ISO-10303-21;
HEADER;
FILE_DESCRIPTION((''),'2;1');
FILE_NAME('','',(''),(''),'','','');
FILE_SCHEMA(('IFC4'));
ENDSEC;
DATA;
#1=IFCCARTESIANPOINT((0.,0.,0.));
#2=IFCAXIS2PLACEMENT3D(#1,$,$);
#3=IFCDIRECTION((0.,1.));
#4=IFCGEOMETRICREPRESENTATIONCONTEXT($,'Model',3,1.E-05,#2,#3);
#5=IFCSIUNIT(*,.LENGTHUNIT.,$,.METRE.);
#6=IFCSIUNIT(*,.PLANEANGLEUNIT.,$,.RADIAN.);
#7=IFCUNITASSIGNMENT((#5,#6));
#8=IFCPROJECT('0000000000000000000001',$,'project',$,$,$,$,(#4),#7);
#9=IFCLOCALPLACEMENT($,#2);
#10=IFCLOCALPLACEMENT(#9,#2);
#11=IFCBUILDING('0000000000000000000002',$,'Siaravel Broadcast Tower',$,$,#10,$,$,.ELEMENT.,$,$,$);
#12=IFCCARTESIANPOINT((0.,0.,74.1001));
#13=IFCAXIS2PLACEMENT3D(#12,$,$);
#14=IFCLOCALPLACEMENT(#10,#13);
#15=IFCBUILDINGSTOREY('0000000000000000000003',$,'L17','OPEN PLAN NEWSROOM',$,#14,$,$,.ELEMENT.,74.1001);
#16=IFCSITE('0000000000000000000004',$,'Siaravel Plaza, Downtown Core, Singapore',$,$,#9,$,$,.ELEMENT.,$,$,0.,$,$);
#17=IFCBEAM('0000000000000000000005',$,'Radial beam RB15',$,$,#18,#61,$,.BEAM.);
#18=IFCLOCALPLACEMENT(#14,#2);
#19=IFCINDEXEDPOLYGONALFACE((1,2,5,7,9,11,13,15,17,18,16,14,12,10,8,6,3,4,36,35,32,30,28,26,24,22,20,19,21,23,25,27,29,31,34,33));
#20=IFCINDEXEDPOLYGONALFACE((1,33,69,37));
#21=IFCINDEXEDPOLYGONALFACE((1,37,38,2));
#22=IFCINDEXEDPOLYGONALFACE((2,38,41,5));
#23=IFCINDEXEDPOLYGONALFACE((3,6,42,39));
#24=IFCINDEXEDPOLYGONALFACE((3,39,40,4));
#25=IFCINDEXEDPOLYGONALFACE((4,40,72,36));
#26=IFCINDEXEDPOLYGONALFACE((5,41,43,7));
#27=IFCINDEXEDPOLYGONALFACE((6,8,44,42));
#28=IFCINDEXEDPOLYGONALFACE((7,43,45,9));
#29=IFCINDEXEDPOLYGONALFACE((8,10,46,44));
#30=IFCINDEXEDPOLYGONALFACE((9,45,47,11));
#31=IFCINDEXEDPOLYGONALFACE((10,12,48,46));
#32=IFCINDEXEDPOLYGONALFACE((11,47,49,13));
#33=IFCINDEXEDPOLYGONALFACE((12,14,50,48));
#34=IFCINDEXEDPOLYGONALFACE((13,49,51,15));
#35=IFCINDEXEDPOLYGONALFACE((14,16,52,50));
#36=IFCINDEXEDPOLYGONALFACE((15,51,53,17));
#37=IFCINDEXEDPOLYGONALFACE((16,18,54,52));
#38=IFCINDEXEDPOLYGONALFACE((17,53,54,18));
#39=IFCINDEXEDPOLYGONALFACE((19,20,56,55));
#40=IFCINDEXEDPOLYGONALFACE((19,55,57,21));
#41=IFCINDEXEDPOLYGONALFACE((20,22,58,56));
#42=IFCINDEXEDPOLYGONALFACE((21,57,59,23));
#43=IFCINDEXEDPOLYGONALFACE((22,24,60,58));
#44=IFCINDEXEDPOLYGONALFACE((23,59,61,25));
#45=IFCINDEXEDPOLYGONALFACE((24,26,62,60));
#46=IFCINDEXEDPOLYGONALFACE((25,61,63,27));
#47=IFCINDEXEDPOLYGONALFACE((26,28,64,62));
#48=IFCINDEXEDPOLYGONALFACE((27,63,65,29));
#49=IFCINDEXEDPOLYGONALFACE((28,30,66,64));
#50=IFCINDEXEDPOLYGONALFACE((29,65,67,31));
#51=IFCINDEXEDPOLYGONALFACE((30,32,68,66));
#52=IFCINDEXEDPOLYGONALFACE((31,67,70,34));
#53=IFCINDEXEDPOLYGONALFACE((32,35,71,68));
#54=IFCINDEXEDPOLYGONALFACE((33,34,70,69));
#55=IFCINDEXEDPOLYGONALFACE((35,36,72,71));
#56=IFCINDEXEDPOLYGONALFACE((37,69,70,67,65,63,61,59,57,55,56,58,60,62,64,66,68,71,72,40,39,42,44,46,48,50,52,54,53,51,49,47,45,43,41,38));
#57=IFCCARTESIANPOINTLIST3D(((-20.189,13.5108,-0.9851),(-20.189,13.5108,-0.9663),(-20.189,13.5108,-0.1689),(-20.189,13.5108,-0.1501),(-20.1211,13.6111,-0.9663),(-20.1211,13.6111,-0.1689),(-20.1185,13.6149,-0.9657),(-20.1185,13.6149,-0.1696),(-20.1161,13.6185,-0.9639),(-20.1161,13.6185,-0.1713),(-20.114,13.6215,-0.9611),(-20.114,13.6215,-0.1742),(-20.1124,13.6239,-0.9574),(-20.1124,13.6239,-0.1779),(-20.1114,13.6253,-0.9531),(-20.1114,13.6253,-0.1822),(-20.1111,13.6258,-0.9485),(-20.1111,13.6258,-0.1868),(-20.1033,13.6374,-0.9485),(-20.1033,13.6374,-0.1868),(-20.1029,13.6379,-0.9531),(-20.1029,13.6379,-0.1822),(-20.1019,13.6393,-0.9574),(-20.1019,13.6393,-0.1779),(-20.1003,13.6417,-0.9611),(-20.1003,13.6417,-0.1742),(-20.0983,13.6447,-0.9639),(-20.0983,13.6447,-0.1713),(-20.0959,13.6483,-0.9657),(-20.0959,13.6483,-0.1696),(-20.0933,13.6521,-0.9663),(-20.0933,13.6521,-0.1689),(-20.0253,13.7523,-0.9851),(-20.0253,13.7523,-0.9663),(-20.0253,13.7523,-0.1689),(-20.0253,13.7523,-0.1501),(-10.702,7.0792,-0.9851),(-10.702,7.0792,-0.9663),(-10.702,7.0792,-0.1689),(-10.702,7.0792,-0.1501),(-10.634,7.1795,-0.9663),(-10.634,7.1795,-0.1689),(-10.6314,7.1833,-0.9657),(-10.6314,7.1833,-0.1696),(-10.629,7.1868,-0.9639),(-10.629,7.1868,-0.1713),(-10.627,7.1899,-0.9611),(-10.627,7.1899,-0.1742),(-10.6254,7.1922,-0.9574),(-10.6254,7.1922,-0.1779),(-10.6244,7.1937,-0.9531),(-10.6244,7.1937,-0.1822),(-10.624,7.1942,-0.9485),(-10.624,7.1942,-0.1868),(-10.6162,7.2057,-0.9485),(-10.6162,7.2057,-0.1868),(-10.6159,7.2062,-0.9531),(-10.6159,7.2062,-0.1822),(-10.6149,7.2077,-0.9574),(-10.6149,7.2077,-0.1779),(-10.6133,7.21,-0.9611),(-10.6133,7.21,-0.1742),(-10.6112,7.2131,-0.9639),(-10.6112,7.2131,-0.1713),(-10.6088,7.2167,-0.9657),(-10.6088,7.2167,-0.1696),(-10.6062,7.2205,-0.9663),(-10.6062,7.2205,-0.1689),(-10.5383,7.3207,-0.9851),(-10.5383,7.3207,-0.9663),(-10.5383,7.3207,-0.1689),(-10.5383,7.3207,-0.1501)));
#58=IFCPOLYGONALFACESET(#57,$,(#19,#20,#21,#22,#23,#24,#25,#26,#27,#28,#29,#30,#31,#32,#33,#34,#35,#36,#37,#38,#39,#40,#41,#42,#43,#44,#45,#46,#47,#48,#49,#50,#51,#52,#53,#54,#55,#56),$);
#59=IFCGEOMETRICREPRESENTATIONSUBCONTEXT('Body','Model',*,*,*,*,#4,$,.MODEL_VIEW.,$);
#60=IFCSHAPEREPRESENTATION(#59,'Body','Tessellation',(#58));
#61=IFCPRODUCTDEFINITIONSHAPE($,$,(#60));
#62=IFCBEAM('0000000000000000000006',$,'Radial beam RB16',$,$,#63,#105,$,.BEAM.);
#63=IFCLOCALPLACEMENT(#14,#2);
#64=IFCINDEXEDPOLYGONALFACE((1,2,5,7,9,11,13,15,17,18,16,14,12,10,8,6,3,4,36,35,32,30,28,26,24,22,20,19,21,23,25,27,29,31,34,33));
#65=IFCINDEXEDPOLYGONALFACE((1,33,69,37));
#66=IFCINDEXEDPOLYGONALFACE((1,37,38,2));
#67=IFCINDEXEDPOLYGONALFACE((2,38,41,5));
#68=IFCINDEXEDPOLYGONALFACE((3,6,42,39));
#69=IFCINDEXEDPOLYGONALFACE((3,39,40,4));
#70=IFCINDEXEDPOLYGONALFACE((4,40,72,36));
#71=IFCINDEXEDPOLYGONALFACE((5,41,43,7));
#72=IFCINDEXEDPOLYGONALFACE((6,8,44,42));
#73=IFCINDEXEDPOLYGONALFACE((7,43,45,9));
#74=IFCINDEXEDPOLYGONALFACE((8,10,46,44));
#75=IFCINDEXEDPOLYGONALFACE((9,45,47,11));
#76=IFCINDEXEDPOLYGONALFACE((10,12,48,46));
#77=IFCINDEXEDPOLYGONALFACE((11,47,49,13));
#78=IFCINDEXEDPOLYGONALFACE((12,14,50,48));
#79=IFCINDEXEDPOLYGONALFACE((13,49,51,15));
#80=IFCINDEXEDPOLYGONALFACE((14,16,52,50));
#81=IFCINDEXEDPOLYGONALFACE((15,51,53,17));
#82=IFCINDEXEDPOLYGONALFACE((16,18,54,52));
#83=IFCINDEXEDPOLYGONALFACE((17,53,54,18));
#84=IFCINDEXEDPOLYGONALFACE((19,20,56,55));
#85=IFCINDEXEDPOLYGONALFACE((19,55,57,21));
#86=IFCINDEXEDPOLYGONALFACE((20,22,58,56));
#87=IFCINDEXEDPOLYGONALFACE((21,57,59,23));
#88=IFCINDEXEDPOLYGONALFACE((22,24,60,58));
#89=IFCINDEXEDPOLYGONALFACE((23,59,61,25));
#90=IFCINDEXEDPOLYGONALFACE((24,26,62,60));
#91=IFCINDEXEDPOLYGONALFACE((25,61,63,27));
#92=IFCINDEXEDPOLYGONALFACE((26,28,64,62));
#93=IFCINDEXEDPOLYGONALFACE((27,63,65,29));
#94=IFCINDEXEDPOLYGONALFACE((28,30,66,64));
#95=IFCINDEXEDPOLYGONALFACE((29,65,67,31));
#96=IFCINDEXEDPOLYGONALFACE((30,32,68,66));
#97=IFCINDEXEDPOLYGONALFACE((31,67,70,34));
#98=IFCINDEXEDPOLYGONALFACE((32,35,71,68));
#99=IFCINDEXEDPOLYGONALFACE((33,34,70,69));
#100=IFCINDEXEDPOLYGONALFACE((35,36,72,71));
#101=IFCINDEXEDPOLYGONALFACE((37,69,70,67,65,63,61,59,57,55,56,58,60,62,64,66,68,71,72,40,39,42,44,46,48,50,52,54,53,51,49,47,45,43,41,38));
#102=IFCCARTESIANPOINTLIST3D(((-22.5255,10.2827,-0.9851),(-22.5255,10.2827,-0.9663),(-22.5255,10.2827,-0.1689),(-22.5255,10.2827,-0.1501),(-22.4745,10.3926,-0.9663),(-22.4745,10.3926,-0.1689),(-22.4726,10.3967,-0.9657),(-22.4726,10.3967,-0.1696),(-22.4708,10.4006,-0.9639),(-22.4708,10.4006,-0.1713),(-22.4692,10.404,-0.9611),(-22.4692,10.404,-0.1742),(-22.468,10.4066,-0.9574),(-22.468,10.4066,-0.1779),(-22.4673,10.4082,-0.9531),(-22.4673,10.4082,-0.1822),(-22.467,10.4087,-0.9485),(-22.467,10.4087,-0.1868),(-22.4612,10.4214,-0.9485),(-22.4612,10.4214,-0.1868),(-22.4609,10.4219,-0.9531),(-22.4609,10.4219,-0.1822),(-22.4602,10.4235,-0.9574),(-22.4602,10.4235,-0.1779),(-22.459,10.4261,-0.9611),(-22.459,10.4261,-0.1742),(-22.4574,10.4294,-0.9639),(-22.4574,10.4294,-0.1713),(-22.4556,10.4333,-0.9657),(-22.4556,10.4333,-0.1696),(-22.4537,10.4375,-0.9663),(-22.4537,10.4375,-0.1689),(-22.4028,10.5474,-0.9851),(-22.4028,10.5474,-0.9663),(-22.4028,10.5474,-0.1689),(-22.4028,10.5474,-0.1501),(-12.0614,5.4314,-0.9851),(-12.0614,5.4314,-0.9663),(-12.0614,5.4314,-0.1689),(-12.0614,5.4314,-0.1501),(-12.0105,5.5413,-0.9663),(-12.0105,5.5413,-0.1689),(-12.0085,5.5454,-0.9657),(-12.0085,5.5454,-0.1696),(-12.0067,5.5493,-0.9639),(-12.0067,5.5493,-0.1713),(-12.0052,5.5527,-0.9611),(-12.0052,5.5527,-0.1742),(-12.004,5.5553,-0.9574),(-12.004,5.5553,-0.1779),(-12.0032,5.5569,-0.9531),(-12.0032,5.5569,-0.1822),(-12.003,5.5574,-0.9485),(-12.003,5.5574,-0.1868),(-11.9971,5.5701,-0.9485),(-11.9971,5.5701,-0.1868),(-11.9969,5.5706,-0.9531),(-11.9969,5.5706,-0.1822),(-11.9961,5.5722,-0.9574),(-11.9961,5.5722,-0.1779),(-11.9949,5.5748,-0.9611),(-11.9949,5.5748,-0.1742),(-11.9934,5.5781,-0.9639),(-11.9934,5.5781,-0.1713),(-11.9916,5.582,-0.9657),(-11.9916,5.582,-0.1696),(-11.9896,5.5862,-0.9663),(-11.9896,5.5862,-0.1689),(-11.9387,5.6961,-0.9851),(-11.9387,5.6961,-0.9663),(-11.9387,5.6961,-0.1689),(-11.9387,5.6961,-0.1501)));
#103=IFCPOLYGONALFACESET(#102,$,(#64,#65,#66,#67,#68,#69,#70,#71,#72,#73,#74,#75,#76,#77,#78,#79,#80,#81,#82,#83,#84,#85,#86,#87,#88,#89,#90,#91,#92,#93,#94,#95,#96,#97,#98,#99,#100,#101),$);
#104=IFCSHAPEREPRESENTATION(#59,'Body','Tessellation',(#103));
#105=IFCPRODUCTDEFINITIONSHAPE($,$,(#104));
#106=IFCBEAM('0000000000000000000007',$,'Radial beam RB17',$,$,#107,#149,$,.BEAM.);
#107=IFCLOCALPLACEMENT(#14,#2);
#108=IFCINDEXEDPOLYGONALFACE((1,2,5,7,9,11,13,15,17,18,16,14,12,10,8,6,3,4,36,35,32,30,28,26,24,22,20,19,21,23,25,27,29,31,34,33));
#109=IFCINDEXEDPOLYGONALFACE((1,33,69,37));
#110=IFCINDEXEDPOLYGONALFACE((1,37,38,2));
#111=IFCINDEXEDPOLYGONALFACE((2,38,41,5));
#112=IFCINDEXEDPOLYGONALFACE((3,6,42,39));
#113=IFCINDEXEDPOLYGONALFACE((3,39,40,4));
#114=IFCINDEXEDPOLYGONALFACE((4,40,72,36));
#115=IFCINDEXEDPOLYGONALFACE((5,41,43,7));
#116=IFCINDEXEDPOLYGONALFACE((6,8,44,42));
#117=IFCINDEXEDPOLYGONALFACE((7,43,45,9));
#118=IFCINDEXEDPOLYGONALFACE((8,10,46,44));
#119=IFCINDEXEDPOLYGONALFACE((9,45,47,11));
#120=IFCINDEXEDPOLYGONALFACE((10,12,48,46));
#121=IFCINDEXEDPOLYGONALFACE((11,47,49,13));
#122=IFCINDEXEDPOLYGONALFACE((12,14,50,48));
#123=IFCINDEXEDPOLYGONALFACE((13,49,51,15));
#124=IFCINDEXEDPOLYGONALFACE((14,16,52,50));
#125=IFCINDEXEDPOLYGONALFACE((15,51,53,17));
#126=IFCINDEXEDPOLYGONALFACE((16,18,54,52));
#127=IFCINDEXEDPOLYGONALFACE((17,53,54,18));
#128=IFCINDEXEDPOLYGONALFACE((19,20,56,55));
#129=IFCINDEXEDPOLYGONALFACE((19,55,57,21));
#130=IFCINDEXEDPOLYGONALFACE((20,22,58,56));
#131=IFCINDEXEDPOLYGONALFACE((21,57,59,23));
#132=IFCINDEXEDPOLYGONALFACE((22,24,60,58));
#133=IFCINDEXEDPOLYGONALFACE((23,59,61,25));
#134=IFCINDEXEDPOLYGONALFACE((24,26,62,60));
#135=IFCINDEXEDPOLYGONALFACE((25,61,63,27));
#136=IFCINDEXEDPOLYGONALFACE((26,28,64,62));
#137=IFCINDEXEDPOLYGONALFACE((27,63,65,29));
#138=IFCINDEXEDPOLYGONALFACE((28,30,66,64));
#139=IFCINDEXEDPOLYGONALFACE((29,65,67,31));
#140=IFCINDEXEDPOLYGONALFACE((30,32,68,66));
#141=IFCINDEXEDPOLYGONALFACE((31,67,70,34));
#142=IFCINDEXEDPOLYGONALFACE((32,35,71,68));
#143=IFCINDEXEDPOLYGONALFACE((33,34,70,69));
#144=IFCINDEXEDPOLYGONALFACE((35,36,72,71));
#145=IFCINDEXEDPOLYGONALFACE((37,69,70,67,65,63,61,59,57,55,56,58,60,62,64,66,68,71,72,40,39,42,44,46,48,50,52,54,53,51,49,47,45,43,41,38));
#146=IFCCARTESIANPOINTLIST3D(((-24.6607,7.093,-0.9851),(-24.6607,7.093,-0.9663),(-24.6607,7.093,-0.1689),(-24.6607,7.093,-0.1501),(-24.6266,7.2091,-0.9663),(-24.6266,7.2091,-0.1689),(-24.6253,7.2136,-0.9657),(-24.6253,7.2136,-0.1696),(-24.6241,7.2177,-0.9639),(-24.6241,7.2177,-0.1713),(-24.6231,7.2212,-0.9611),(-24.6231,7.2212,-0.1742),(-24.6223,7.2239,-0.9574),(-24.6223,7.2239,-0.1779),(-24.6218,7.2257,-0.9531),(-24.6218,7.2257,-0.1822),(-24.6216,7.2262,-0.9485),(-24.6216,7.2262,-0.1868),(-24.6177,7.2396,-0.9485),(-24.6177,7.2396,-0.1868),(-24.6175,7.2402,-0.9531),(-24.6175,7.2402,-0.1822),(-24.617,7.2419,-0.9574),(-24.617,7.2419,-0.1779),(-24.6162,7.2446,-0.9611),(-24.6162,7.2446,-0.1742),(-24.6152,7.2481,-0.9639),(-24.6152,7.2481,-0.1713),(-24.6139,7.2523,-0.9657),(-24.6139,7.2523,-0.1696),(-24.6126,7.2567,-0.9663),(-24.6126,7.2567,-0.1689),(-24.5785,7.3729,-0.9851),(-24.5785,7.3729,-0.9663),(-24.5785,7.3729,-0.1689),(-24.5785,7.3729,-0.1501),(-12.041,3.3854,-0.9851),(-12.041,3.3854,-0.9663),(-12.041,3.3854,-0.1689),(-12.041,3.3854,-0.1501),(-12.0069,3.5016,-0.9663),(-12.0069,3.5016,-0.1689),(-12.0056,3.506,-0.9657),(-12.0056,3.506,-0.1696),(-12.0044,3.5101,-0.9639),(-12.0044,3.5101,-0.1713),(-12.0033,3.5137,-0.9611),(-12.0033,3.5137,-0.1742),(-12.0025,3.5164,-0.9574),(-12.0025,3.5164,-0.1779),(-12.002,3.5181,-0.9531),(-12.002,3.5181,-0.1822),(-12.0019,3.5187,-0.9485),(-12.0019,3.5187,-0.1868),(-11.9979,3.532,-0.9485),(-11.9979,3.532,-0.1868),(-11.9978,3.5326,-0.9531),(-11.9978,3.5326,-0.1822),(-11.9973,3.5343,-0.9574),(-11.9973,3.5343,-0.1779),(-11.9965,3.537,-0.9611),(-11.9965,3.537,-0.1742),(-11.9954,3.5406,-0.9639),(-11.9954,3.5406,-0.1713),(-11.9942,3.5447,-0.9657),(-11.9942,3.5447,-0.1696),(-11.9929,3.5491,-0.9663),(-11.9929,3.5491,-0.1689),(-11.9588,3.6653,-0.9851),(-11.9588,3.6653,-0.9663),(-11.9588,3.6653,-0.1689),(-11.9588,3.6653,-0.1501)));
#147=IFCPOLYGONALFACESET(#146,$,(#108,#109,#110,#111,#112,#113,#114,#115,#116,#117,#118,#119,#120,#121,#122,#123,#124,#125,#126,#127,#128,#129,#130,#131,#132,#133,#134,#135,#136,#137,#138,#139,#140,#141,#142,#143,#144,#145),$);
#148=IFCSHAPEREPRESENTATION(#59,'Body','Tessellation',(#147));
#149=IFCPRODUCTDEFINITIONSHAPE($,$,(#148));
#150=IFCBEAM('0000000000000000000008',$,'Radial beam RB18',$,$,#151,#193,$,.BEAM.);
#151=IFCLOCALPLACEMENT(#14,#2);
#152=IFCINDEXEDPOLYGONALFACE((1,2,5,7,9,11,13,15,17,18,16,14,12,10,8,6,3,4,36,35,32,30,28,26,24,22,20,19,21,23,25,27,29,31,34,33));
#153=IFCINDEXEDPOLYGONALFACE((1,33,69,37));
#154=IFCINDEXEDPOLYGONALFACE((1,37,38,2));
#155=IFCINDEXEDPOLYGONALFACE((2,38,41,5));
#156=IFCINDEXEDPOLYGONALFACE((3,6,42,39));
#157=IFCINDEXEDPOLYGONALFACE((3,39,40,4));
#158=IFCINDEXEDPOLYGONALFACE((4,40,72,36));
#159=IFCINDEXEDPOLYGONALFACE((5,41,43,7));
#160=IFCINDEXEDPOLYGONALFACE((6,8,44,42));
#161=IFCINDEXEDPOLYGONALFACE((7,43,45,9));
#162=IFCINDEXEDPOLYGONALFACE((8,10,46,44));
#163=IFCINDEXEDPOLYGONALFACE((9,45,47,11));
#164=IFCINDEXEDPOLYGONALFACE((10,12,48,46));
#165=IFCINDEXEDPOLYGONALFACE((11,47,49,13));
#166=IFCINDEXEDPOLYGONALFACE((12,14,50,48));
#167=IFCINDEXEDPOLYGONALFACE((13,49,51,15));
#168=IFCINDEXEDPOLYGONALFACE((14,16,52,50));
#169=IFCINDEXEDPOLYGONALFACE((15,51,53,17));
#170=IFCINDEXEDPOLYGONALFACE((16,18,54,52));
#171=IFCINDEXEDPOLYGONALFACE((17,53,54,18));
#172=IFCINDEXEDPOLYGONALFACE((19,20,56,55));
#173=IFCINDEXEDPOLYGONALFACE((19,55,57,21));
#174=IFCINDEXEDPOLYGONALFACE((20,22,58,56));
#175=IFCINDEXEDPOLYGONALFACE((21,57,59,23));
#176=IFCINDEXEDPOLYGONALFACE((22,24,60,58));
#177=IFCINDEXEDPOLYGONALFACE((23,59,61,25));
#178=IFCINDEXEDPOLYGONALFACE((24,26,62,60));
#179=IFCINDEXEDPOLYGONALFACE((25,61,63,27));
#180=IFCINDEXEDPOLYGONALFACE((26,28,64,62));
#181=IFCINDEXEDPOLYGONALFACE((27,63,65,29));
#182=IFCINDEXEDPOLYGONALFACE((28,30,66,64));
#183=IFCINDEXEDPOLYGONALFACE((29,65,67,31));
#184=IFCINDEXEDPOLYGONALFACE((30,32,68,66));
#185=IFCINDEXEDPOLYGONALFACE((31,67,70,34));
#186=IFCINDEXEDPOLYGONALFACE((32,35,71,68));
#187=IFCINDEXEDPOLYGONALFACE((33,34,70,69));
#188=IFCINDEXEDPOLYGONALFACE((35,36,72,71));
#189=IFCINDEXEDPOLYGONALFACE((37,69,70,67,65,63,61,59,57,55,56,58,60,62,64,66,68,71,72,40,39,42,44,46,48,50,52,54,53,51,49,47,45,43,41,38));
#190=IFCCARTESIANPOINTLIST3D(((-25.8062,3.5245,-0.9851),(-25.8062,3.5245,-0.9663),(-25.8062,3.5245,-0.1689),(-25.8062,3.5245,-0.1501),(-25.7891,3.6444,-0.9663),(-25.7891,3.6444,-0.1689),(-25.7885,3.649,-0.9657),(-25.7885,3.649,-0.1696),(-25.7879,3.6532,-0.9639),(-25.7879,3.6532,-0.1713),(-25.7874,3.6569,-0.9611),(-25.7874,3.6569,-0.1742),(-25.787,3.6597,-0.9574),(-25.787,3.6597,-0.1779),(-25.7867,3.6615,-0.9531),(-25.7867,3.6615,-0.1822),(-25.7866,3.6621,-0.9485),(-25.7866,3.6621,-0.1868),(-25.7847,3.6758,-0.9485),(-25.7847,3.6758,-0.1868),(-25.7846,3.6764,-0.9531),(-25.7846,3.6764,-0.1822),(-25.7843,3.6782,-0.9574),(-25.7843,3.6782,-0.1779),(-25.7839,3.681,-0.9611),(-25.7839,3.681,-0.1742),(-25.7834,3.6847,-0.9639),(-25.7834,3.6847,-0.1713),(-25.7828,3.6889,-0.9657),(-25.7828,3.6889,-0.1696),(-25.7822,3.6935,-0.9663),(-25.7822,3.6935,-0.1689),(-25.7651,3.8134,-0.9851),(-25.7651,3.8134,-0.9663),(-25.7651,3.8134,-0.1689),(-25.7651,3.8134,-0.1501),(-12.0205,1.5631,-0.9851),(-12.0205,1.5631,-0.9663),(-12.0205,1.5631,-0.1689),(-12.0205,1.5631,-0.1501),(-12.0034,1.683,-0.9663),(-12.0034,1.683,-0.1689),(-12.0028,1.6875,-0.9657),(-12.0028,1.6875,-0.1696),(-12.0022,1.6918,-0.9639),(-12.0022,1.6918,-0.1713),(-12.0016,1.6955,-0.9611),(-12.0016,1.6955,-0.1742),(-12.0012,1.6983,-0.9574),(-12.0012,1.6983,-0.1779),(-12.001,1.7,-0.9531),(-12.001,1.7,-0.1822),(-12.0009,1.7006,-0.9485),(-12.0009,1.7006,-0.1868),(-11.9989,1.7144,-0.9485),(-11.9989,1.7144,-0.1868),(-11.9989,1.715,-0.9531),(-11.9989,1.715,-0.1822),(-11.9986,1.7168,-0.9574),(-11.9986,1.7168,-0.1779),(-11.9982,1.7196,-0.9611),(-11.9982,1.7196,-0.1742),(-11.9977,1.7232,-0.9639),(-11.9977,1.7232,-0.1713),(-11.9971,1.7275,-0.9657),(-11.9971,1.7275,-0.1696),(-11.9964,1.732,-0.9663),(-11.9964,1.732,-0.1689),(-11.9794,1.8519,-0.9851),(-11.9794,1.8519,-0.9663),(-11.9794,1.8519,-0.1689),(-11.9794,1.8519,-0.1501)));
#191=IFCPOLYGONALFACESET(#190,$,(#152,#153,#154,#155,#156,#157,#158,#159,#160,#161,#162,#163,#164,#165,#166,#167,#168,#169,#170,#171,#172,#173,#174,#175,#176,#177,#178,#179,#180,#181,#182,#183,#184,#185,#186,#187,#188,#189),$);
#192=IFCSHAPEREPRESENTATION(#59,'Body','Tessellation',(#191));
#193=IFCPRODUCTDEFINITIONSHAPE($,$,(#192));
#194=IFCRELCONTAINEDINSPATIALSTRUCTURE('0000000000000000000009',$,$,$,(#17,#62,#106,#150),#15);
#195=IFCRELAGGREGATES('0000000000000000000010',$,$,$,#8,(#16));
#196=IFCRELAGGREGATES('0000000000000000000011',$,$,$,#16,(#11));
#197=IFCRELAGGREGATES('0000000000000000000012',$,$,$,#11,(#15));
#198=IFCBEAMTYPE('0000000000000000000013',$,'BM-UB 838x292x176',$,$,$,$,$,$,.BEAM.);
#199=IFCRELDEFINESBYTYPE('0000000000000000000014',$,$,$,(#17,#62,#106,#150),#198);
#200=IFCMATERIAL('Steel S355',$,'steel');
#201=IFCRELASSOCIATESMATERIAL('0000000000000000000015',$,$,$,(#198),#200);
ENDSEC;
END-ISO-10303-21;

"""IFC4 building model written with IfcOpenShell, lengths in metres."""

from ifc_helpers import new_model, si_unit, direction, frame, origin, origin_2d, place, context, subcontext, project, spatial, i_section, extrude, material, material_profile, profile_set, type_object, element, save


model = new_model("IFC4")

# Units and contexts
model_context = context("Model", 3, precision=1e-05, world=origin(), true_north=direction((0.0, 1.0)))
body_context = subcontext(model_context, "Body", "Model", "MODEL_VIEW")
ifc_project = project(units=[si_unit("LENGTHUNIT", "METRE"), si_unit("PLANEANGLEUNIT", "RADIAN")], contexts=[model_context])

# Site, building, storey
site_placement = place(None, origin())
site = spatial("IfcSite", under=ifc_project, at=site_placement, Name="Siaravel Plaza, Downtown Core, Singapore", CompositionType="ELEMENT", RefElevation=0.0)
building_placement = place(site_placement, origin())
building = spatial("IfcBuilding", under=site, at=building_placement, Name="Siaravel Broadcast Tower", CompositionType="ELEMENT")
storey_placement = place(building_placement, frame((0.0, 0.0, 74.1001)))
storey = spatial("IfcBuildingStorey", under=building, at=storey_placement, Name="L17", Description="OPEN PLAN NEWSROOM", CompositionType="ELEMENT", Elevation=74.1001)

# Beams
ifc_material_1 = material(Name="Steel S355", Category="steel")
ifc_material_profile_1 = material_profile(ifc_material_1, i_section(OverallWidth=0.2917, OverallDepth=0.835, WebThickness=0.0139, FlangeThickness=0.0188, FilletRadius=0.0178, at=origin_2d()))
ifc_profile_set_1 = profile_set([ifc_material_profile_1], Name="Steel S355")
beam_type = type_object("IfcBeamType", Name="BM-UB 838x292x176", PredefinedType="BEAM", material=ifc_profile_set_1)
beam_1_placement = place(storey_placement, frame((-20.1072, 13.6316, -0.5676), z_axis=(0.827719, -0.561142, 0.0), x_axis=(0.561142, 0.827719, 0.0)))
element("IfcBeam", 1, at=beam_1_placement, inside=storey, type_object=beam_type, Name="Radial beam RB15", PredefinedType="BEAM", context=body_context, shape_type="SweptSolid", body=[
    extrude(i_section(OverallWidth=0.2917, OverallDepth=0.835, WebThickness=0.0139, FlangeThickness=0.0188, FilletRadius=0.0178, at=origin_2d()), origin(), (0.0, 0.0, 1.0), 11.4617),
])
beam_2_placement = place(storey_placement, frame((-22.4641, 10.415, -0.5676), z_axis=(0.907241, -0.420611, 0.0), x_axis=(0.420611, 0.907241, 0.0)))
element("IfcBeam", 2, at=beam_2_placement, inside=storey, type_object=beam_type, Name="Radial beam RB16", PredefinedType="BEAM", context=body_context, shape_type="SweptSolid", body=[
    extrude(i_section(OverallWidth=0.2917, OverallDepth=0.835, WebThickness=0.0139, FlangeThickness=0.0188, FilletRadius=0.0178, at=origin_2d()), origin(), (0.0, 0.0, 1.0), 11.5339),
])
beam_3_placement = place(storey_placement, frame((-24.6196, 7.2329, -0.5676), z_axis=(0.959451, -0.281877, 0.0), x_axis=(0.281877, 0.959451, 0.0)))
element("IfcBeam", 3, at=beam_3_placement, inside=storey, type_object=beam_type, Name="Radial beam RB17", PredefinedType="BEAM", context=body_context, shape_type="SweptSolid", body=[
    extrude(i_section(OverallWidth=0.2917, OverallDepth=0.835, WebThickness=0.0139, FlangeThickness=0.0188, FilletRadius=0.0178, at=origin_2d()), origin(), (0.0, 0.0, 1.0), 13.1531),
])
beam_4_placement = place(storey_placement, frame((-25.7856, 3.6689, -0.5676), z_axis=(0.990029, -0.140862, 0.0), x_axis=(0.140862, 0.990029, 0.0)))
element("IfcBeam", 4, at=beam_4_placement, inside=storey, type_object=beam_type, Name="Radial beam RB18", PredefinedType="BEAM", context=body_context, shape_type="SweptSolid", body=[
    extrude(i_section(OverallWidth=0.2917, OverallDepth=0.835, WebThickness=0.0139, FlangeThickness=0.0188, FilletRadius=0.0178, at=origin_2d()), origin(), (0.0, 0.0, 1.0), 13.9246),
])

save(model, "model.ifc")
